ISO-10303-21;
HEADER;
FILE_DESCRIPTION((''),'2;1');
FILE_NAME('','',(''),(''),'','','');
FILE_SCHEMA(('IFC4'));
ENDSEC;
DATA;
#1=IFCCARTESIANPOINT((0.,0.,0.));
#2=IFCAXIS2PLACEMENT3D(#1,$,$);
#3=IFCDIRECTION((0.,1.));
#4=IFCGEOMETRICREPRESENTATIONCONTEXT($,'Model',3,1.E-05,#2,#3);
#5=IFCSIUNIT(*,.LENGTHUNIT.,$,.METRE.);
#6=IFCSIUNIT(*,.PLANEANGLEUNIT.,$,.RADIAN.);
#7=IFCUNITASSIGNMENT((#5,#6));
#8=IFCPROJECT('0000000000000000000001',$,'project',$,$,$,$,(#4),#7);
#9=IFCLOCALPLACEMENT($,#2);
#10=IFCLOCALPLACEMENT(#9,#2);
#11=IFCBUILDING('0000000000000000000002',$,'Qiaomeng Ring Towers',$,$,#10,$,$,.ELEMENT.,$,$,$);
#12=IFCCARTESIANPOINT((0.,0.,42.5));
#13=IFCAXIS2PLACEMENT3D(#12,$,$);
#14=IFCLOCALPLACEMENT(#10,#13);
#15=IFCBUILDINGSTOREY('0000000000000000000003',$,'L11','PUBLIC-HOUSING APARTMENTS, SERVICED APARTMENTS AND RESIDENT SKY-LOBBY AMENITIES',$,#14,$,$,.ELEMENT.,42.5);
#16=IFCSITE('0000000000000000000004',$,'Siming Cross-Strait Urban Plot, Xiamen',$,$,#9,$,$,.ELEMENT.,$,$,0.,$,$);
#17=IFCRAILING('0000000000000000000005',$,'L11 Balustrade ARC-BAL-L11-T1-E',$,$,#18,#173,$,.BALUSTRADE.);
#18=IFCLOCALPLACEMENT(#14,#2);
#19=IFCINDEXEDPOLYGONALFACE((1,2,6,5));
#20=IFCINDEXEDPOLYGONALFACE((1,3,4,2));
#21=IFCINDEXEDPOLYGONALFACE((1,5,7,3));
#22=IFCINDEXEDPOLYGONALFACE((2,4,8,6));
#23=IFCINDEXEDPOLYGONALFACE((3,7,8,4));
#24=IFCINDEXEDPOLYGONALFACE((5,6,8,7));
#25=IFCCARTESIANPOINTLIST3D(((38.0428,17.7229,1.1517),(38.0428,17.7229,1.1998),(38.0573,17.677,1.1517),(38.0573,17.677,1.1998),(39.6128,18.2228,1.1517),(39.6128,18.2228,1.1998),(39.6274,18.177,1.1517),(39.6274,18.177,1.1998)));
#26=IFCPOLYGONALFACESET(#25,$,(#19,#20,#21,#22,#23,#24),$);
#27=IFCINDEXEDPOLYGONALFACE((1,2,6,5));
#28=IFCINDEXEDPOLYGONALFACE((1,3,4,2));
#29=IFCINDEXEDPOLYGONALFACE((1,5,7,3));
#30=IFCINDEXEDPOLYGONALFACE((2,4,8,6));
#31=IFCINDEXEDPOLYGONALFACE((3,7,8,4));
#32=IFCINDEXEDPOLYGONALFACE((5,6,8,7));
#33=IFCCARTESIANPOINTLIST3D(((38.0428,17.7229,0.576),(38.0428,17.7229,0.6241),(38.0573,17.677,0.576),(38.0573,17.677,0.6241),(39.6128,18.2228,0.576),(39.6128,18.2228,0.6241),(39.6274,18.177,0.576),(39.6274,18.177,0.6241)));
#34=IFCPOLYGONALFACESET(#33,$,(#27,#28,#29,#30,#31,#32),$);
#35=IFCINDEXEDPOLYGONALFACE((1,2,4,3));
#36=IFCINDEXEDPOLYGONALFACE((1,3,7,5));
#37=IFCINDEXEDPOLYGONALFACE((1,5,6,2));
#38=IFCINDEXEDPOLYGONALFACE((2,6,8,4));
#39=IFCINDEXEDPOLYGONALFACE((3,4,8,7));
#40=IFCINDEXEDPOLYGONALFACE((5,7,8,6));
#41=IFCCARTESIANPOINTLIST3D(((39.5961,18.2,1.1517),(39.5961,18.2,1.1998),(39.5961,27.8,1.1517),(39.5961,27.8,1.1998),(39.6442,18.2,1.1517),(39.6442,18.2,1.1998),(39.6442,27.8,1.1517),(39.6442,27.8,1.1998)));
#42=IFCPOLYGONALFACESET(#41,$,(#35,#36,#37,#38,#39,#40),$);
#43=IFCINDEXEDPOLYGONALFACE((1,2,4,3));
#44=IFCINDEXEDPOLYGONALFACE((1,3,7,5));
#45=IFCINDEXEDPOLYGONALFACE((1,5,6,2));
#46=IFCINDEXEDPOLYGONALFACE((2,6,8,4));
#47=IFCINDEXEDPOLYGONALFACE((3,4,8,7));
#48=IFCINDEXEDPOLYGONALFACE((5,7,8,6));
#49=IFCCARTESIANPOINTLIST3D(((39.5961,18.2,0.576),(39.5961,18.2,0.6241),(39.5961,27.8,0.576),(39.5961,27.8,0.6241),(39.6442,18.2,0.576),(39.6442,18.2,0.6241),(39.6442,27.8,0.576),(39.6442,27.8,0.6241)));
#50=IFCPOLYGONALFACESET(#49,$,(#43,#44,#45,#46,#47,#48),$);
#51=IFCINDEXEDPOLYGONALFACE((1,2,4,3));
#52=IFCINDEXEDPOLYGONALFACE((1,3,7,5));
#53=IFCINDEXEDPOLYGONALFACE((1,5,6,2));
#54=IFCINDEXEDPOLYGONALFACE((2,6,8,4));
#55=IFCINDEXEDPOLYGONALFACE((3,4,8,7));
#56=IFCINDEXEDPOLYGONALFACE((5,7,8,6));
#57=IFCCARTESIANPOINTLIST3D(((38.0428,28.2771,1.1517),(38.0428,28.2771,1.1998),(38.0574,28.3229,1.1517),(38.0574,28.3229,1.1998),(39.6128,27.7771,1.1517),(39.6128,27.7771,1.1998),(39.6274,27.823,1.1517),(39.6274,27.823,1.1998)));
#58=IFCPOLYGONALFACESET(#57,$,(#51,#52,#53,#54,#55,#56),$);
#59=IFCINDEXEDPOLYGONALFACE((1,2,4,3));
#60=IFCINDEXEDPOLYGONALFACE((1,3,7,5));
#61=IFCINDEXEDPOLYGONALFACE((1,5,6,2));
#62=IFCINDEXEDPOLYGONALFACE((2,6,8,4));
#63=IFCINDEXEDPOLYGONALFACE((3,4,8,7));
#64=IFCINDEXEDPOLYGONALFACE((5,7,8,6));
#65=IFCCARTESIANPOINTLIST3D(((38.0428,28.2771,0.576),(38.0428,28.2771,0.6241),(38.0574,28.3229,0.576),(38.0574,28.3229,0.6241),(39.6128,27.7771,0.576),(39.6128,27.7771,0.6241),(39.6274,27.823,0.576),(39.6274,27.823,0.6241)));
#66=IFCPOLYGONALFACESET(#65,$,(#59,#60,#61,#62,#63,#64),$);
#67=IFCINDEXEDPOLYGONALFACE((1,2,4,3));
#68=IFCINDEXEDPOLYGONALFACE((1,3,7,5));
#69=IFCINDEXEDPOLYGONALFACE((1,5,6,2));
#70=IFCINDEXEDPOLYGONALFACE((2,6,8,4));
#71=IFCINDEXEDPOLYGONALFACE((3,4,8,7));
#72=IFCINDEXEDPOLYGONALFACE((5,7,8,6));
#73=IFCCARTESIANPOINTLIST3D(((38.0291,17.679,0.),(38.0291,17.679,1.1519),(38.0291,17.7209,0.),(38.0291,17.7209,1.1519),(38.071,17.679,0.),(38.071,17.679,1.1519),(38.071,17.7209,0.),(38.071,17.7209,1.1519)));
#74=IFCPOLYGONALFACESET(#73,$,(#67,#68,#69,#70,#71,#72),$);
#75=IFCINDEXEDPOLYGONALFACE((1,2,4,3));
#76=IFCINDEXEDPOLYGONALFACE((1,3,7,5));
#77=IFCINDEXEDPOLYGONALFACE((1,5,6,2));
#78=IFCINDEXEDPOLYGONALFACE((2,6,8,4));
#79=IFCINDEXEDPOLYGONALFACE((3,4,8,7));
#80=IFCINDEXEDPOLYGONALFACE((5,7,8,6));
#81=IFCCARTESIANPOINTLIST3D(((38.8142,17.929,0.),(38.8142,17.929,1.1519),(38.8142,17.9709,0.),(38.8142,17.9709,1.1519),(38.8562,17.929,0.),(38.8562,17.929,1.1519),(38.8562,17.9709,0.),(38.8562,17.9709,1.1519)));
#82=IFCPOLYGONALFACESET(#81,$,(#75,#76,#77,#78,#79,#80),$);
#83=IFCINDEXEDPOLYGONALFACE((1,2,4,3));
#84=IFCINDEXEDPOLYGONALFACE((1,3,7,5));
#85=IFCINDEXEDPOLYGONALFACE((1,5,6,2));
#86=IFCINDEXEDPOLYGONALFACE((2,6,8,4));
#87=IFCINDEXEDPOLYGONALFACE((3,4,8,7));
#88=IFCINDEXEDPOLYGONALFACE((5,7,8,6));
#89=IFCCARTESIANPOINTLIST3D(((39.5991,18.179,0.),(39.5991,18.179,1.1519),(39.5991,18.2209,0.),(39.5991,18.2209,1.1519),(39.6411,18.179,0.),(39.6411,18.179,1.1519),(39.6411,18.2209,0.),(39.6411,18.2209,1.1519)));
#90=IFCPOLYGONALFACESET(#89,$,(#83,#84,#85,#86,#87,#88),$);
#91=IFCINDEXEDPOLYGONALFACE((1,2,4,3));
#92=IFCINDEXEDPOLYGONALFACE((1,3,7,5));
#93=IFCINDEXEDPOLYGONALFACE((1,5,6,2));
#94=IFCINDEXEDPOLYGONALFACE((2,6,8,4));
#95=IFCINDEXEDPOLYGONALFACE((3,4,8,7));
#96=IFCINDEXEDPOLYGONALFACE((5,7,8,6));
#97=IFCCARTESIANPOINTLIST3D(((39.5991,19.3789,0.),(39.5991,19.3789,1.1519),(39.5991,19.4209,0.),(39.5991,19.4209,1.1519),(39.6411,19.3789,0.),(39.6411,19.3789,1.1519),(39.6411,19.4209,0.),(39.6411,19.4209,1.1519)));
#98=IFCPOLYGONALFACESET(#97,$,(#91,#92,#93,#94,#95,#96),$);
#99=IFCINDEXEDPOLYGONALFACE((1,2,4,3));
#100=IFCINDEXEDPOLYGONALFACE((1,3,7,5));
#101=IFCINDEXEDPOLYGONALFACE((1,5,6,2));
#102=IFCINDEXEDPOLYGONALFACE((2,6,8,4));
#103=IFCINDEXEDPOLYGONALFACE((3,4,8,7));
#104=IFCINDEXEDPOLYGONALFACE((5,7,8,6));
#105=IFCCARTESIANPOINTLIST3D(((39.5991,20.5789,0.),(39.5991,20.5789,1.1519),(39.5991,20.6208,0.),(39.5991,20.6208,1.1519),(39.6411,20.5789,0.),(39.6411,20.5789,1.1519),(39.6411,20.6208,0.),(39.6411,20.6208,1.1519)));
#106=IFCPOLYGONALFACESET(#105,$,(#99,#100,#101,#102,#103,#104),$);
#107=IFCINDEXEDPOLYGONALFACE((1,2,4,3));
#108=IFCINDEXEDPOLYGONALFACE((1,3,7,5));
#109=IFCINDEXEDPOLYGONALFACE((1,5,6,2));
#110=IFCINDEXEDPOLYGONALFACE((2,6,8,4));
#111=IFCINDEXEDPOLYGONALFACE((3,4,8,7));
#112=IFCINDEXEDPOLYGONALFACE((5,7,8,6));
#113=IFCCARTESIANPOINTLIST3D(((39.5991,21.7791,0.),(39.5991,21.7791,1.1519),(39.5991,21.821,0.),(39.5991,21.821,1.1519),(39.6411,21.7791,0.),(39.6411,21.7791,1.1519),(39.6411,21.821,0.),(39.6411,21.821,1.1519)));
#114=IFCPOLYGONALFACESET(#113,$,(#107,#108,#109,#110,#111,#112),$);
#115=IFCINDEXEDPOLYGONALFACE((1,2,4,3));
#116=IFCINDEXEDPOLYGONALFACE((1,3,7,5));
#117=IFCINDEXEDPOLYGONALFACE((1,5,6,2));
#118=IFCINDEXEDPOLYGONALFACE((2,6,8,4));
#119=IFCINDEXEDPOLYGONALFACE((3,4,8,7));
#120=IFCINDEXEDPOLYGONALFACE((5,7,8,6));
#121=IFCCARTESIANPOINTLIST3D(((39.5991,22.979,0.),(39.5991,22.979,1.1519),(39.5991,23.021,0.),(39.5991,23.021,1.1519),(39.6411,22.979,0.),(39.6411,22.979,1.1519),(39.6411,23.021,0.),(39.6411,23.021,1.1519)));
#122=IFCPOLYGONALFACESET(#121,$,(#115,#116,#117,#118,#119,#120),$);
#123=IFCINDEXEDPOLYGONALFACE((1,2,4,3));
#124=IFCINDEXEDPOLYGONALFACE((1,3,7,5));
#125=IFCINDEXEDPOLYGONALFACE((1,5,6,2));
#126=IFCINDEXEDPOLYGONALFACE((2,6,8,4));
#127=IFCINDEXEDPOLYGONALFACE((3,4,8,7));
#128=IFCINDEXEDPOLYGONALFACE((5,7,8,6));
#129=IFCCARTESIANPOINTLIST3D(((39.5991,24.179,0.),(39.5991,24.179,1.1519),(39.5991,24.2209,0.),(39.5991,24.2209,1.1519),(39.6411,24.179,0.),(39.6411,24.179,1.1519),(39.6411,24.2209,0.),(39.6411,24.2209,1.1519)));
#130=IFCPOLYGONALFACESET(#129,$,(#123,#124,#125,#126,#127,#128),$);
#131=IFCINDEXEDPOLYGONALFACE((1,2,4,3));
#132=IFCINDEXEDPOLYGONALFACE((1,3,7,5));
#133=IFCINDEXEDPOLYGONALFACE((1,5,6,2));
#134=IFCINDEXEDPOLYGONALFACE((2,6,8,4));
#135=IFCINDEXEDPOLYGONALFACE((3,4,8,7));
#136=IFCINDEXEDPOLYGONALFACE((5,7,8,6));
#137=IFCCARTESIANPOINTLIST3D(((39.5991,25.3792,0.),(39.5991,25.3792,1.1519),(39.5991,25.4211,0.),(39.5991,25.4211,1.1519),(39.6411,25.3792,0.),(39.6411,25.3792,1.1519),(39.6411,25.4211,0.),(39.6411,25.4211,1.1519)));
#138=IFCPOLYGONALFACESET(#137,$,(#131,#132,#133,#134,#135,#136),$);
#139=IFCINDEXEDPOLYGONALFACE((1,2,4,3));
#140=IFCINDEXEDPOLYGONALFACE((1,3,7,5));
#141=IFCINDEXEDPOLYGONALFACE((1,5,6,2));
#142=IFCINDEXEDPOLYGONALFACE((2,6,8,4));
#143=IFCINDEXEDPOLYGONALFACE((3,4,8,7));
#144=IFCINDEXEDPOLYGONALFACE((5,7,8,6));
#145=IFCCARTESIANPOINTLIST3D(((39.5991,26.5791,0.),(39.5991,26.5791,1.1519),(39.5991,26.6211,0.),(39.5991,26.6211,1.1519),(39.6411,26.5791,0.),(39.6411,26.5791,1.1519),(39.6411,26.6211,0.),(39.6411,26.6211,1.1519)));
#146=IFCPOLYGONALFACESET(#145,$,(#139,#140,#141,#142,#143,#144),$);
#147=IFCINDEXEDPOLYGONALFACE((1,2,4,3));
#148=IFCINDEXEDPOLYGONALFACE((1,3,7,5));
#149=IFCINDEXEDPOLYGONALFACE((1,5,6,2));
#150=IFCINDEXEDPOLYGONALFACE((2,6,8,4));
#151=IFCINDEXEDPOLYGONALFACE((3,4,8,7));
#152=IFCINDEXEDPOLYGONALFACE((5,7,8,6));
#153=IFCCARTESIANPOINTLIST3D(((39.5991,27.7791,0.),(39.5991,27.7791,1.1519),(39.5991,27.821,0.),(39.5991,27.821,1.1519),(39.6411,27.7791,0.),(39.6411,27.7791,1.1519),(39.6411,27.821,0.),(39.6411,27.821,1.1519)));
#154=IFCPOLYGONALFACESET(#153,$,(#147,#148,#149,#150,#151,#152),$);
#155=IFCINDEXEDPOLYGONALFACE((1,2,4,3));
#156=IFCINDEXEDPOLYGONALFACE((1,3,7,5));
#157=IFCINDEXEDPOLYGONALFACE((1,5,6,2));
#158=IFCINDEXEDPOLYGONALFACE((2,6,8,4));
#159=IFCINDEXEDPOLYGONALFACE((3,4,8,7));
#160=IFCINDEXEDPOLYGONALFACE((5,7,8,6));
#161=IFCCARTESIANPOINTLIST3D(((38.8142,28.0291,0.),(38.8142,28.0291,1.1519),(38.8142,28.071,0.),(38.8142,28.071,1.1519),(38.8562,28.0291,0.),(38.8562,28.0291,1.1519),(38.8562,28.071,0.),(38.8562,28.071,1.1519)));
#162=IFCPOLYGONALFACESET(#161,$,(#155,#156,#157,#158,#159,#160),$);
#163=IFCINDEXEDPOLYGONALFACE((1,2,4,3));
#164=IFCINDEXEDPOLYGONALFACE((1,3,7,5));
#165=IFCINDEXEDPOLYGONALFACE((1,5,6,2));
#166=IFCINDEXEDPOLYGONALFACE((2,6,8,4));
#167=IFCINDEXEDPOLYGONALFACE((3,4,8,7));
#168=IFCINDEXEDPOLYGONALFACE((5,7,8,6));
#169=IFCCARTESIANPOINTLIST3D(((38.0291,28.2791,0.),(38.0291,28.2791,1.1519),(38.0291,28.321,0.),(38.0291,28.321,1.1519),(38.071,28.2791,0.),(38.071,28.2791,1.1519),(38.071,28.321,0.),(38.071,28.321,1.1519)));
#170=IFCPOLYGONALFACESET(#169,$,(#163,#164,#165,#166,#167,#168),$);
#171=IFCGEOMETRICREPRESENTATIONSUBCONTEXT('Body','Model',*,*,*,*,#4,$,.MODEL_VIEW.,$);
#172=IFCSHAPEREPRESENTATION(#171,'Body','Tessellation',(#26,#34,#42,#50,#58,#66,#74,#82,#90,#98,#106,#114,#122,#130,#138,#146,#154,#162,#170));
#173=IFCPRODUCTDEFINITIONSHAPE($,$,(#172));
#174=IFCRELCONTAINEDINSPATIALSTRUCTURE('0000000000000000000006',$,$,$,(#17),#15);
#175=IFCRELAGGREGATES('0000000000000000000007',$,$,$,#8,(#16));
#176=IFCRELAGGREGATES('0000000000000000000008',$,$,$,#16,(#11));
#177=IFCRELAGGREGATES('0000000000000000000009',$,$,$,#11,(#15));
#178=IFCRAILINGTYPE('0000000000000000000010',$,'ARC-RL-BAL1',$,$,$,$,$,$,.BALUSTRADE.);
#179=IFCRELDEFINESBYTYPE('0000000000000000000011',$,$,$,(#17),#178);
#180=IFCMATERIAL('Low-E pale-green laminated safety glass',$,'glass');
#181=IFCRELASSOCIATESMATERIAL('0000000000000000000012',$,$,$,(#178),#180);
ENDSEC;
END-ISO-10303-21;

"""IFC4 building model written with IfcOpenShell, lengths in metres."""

from ifc_helpers import new_model, si_unit, direction, frame, origin, origin_2d, place, context, subcontext, project, spatial, rectangle, extrude, material, type_object, element, save


model = new_model("IFC4")

# Units and contexts
model_context = context("Model", 3, precision=1e-05, world=origin(), true_north=direction((0.0, 1.0)))
body_context = subcontext(model_context, "Body", "Model", "MODEL_VIEW")
ifc_project = project(units=[si_unit("LENGTHUNIT", "METRE"), si_unit("PLANEANGLEUNIT", "RADIAN")], contexts=[model_context])

# Site, building, storey
site_placement = place(None, origin())
site = spatial("IfcSite", under=ifc_project, at=site_placement, Name="Siming Cross-Strait Urban Plot, Xiamen", CompositionType="ELEMENT", RefElevation=0.0)
building_placement = place(site_placement, origin())
building = spatial("IfcBuilding", under=site, at=building_placement, Name="Qiaomeng Ring Towers", CompositionType="ELEMENT")
storey_placement = place(building_placement, frame((0.0, 0.0, 42.5)))
storey = spatial("IfcBuildingStorey", under=building, at=storey_placement, Name="L11", Description="PUBLIC-HOUSING APARTMENTS, SERVICED APARTMENTS AND RESIDENT SKY-LOBBY AMENITIES", CompositionType="ELEMENT", Elevation=42.5)

# Railing
ifc_material_1 = material(Name="Low-E pale-green laminated safety glass", Category="glass")
railing_type = type_object("IfcRailingType", Name="ARC-RL-BAL1", PredefinedType="BALUSTRADE", material=ifc_material_1)
railing_1_placement = place(storey_placement, frame((38.05, 17.7, 0.0)))
element("IfcRailing", 1, at=railing_1_placement, inside=storey, type_object=railing_type, Name="L11 Balustrade ARC-BAL-L11-T1-E", PredefinedType="BALUSTRADE", context=body_context, shape_type="SweptSolid", body=[
    extrude(rectangle(XDim=0.0481, YDim=0.0481, at=origin_2d()), frame((0.0, 0.0, 1.1758), z_axis=(0.95285, 0.303442, 0.0), x_axis=(-0.303442, 0.95285, 0.0)), (0.0, 0.0, 1.0), 1.6477),
    extrude(rectangle(XDim=0.0481, YDim=0.0481, at=origin_2d()), frame((0.0, 0.0, 0.6001), z_axis=(0.95285, 0.303442, 0.0), x_axis=(-0.303442, 0.95285, 0.0)), (0.0, 0.0, 1.0), 1.6477),
    extrude(rectangle(XDim=0.0481, YDim=0.0481, at=origin_2d()), frame((1.5701, 0.5, 1.1758), z_axis=(0.0, 1.0, 0.0), x_axis=(-1.0, 0.0, 0.0)), (0.0, 0.0, 1.0), 9.6001),
    extrude(rectangle(XDim=0.0481, YDim=0.0481, at=origin_2d()), frame((1.5701, 0.5, 0.6001), z_axis=(0.0, 1.0, 0.0), x_axis=(-1.0, 0.0, 0.0)), (0.0, 0.0, 1.0), 9.6001),
    extrude(rectangle(XDim=0.0481, YDim=0.0481, at=origin_2d()), frame((1.5701, 10.1001, 1.1758), z_axis=(-0.95285, 0.303442, 0.0), x_axis=(-0.303442, -0.95285, 0.0)), (0.0, 0.0, 1.0), 1.6477),
    extrude(rectangle(XDim=0.0481, YDim=0.0481, at=origin_2d()), frame((1.5701, 10.1001, 0.6001), z_axis=(-0.95285, 0.303442, 0.0), x_axis=(-0.303442, -0.95285, 0.0)), (0.0, 0.0, 1.0), 1.6477),
    extrude(rectangle(XDim=0.042, YDim=0.042, at=origin_2d()), origin(), (0.0, 0.0, 1.0), 1.1519),
    extrude(rectangle(XDim=0.042, YDim=0.042, at=origin_2d()), frame((0.7852, 0.25, 0.0)), (0.0, 0.0, 1.0), 1.1519),
    extrude(rectangle(XDim=0.042, YDim=0.042, at=origin_2d()), frame((1.5701, 0.5, 0.0)), (0.0, 0.0, 1.0), 1.1519),
    extrude(rectangle(XDim=0.042, YDim=0.042, at=origin_2d()), frame((1.5701, 1.7, 0.0)), (0.0, 0.0, 1.0), 1.1519),
    extrude(rectangle(XDim=0.042, YDim=0.042, at=origin_2d()), frame((1.5701, 2.8999, 0.0)), (0.0, 0.0, 1.0), 1.1519),
    extrude(rectangle(XDim=0.042, YDim=0.042, at=origin_2d()), frame((1.5701, 4.1001, 0.0)), (0.0, 0.0, 1.0), 1.1519),
    extrude(rectangle(XDim=0.042, YDim=0.042, at=origin_2d()), frame((1.5701, 5.3, 0.0)), (0.0, 0.0, 1.0), 1.1519),
    extrude(rectangle(XDim=0.042, YDim=0.042, at=origin_2d()), frame((1.5701, 6.5, 0.0)), (0.0, 0.0, 1.0), 1.1519),
    extrude(rectangle(XDim=0.042, YDim=0.042, at=origin_2d()), frame((1.5701, 7.7002, 0.0)), (0.0, 0.0, 1.0), 1.1519),
    extrude(rectangle(XDim=0.042, YDim=0.042, at=origin_2d()), frame((1.5701, 8.9001, 0.0)), (0.0, 0.0, 1.0), 1.1519),
    extrude(rectangle(XDim=0.042, YDim=0.042, at=origin_2d()), frame((1.5701, 10.1001, 0.0)), (0.0, 0.0, 1.0), 1.1519),
    extrude(rectangle(XDim=0.042, YDim=0.042, at=origin_2d()), frame((0.7852, 10.3501, 0.0)), (0.0, 0.0, 1.0), 1.1519),
    extrude(rectangle(XDim=0.042, YDim=0.042, at=origin_2d()), frame((0.0, 10.6001, 0.0)), (0.0, 0.0, 1.0), 1.1519),
])

save(model, "model.ifc")
